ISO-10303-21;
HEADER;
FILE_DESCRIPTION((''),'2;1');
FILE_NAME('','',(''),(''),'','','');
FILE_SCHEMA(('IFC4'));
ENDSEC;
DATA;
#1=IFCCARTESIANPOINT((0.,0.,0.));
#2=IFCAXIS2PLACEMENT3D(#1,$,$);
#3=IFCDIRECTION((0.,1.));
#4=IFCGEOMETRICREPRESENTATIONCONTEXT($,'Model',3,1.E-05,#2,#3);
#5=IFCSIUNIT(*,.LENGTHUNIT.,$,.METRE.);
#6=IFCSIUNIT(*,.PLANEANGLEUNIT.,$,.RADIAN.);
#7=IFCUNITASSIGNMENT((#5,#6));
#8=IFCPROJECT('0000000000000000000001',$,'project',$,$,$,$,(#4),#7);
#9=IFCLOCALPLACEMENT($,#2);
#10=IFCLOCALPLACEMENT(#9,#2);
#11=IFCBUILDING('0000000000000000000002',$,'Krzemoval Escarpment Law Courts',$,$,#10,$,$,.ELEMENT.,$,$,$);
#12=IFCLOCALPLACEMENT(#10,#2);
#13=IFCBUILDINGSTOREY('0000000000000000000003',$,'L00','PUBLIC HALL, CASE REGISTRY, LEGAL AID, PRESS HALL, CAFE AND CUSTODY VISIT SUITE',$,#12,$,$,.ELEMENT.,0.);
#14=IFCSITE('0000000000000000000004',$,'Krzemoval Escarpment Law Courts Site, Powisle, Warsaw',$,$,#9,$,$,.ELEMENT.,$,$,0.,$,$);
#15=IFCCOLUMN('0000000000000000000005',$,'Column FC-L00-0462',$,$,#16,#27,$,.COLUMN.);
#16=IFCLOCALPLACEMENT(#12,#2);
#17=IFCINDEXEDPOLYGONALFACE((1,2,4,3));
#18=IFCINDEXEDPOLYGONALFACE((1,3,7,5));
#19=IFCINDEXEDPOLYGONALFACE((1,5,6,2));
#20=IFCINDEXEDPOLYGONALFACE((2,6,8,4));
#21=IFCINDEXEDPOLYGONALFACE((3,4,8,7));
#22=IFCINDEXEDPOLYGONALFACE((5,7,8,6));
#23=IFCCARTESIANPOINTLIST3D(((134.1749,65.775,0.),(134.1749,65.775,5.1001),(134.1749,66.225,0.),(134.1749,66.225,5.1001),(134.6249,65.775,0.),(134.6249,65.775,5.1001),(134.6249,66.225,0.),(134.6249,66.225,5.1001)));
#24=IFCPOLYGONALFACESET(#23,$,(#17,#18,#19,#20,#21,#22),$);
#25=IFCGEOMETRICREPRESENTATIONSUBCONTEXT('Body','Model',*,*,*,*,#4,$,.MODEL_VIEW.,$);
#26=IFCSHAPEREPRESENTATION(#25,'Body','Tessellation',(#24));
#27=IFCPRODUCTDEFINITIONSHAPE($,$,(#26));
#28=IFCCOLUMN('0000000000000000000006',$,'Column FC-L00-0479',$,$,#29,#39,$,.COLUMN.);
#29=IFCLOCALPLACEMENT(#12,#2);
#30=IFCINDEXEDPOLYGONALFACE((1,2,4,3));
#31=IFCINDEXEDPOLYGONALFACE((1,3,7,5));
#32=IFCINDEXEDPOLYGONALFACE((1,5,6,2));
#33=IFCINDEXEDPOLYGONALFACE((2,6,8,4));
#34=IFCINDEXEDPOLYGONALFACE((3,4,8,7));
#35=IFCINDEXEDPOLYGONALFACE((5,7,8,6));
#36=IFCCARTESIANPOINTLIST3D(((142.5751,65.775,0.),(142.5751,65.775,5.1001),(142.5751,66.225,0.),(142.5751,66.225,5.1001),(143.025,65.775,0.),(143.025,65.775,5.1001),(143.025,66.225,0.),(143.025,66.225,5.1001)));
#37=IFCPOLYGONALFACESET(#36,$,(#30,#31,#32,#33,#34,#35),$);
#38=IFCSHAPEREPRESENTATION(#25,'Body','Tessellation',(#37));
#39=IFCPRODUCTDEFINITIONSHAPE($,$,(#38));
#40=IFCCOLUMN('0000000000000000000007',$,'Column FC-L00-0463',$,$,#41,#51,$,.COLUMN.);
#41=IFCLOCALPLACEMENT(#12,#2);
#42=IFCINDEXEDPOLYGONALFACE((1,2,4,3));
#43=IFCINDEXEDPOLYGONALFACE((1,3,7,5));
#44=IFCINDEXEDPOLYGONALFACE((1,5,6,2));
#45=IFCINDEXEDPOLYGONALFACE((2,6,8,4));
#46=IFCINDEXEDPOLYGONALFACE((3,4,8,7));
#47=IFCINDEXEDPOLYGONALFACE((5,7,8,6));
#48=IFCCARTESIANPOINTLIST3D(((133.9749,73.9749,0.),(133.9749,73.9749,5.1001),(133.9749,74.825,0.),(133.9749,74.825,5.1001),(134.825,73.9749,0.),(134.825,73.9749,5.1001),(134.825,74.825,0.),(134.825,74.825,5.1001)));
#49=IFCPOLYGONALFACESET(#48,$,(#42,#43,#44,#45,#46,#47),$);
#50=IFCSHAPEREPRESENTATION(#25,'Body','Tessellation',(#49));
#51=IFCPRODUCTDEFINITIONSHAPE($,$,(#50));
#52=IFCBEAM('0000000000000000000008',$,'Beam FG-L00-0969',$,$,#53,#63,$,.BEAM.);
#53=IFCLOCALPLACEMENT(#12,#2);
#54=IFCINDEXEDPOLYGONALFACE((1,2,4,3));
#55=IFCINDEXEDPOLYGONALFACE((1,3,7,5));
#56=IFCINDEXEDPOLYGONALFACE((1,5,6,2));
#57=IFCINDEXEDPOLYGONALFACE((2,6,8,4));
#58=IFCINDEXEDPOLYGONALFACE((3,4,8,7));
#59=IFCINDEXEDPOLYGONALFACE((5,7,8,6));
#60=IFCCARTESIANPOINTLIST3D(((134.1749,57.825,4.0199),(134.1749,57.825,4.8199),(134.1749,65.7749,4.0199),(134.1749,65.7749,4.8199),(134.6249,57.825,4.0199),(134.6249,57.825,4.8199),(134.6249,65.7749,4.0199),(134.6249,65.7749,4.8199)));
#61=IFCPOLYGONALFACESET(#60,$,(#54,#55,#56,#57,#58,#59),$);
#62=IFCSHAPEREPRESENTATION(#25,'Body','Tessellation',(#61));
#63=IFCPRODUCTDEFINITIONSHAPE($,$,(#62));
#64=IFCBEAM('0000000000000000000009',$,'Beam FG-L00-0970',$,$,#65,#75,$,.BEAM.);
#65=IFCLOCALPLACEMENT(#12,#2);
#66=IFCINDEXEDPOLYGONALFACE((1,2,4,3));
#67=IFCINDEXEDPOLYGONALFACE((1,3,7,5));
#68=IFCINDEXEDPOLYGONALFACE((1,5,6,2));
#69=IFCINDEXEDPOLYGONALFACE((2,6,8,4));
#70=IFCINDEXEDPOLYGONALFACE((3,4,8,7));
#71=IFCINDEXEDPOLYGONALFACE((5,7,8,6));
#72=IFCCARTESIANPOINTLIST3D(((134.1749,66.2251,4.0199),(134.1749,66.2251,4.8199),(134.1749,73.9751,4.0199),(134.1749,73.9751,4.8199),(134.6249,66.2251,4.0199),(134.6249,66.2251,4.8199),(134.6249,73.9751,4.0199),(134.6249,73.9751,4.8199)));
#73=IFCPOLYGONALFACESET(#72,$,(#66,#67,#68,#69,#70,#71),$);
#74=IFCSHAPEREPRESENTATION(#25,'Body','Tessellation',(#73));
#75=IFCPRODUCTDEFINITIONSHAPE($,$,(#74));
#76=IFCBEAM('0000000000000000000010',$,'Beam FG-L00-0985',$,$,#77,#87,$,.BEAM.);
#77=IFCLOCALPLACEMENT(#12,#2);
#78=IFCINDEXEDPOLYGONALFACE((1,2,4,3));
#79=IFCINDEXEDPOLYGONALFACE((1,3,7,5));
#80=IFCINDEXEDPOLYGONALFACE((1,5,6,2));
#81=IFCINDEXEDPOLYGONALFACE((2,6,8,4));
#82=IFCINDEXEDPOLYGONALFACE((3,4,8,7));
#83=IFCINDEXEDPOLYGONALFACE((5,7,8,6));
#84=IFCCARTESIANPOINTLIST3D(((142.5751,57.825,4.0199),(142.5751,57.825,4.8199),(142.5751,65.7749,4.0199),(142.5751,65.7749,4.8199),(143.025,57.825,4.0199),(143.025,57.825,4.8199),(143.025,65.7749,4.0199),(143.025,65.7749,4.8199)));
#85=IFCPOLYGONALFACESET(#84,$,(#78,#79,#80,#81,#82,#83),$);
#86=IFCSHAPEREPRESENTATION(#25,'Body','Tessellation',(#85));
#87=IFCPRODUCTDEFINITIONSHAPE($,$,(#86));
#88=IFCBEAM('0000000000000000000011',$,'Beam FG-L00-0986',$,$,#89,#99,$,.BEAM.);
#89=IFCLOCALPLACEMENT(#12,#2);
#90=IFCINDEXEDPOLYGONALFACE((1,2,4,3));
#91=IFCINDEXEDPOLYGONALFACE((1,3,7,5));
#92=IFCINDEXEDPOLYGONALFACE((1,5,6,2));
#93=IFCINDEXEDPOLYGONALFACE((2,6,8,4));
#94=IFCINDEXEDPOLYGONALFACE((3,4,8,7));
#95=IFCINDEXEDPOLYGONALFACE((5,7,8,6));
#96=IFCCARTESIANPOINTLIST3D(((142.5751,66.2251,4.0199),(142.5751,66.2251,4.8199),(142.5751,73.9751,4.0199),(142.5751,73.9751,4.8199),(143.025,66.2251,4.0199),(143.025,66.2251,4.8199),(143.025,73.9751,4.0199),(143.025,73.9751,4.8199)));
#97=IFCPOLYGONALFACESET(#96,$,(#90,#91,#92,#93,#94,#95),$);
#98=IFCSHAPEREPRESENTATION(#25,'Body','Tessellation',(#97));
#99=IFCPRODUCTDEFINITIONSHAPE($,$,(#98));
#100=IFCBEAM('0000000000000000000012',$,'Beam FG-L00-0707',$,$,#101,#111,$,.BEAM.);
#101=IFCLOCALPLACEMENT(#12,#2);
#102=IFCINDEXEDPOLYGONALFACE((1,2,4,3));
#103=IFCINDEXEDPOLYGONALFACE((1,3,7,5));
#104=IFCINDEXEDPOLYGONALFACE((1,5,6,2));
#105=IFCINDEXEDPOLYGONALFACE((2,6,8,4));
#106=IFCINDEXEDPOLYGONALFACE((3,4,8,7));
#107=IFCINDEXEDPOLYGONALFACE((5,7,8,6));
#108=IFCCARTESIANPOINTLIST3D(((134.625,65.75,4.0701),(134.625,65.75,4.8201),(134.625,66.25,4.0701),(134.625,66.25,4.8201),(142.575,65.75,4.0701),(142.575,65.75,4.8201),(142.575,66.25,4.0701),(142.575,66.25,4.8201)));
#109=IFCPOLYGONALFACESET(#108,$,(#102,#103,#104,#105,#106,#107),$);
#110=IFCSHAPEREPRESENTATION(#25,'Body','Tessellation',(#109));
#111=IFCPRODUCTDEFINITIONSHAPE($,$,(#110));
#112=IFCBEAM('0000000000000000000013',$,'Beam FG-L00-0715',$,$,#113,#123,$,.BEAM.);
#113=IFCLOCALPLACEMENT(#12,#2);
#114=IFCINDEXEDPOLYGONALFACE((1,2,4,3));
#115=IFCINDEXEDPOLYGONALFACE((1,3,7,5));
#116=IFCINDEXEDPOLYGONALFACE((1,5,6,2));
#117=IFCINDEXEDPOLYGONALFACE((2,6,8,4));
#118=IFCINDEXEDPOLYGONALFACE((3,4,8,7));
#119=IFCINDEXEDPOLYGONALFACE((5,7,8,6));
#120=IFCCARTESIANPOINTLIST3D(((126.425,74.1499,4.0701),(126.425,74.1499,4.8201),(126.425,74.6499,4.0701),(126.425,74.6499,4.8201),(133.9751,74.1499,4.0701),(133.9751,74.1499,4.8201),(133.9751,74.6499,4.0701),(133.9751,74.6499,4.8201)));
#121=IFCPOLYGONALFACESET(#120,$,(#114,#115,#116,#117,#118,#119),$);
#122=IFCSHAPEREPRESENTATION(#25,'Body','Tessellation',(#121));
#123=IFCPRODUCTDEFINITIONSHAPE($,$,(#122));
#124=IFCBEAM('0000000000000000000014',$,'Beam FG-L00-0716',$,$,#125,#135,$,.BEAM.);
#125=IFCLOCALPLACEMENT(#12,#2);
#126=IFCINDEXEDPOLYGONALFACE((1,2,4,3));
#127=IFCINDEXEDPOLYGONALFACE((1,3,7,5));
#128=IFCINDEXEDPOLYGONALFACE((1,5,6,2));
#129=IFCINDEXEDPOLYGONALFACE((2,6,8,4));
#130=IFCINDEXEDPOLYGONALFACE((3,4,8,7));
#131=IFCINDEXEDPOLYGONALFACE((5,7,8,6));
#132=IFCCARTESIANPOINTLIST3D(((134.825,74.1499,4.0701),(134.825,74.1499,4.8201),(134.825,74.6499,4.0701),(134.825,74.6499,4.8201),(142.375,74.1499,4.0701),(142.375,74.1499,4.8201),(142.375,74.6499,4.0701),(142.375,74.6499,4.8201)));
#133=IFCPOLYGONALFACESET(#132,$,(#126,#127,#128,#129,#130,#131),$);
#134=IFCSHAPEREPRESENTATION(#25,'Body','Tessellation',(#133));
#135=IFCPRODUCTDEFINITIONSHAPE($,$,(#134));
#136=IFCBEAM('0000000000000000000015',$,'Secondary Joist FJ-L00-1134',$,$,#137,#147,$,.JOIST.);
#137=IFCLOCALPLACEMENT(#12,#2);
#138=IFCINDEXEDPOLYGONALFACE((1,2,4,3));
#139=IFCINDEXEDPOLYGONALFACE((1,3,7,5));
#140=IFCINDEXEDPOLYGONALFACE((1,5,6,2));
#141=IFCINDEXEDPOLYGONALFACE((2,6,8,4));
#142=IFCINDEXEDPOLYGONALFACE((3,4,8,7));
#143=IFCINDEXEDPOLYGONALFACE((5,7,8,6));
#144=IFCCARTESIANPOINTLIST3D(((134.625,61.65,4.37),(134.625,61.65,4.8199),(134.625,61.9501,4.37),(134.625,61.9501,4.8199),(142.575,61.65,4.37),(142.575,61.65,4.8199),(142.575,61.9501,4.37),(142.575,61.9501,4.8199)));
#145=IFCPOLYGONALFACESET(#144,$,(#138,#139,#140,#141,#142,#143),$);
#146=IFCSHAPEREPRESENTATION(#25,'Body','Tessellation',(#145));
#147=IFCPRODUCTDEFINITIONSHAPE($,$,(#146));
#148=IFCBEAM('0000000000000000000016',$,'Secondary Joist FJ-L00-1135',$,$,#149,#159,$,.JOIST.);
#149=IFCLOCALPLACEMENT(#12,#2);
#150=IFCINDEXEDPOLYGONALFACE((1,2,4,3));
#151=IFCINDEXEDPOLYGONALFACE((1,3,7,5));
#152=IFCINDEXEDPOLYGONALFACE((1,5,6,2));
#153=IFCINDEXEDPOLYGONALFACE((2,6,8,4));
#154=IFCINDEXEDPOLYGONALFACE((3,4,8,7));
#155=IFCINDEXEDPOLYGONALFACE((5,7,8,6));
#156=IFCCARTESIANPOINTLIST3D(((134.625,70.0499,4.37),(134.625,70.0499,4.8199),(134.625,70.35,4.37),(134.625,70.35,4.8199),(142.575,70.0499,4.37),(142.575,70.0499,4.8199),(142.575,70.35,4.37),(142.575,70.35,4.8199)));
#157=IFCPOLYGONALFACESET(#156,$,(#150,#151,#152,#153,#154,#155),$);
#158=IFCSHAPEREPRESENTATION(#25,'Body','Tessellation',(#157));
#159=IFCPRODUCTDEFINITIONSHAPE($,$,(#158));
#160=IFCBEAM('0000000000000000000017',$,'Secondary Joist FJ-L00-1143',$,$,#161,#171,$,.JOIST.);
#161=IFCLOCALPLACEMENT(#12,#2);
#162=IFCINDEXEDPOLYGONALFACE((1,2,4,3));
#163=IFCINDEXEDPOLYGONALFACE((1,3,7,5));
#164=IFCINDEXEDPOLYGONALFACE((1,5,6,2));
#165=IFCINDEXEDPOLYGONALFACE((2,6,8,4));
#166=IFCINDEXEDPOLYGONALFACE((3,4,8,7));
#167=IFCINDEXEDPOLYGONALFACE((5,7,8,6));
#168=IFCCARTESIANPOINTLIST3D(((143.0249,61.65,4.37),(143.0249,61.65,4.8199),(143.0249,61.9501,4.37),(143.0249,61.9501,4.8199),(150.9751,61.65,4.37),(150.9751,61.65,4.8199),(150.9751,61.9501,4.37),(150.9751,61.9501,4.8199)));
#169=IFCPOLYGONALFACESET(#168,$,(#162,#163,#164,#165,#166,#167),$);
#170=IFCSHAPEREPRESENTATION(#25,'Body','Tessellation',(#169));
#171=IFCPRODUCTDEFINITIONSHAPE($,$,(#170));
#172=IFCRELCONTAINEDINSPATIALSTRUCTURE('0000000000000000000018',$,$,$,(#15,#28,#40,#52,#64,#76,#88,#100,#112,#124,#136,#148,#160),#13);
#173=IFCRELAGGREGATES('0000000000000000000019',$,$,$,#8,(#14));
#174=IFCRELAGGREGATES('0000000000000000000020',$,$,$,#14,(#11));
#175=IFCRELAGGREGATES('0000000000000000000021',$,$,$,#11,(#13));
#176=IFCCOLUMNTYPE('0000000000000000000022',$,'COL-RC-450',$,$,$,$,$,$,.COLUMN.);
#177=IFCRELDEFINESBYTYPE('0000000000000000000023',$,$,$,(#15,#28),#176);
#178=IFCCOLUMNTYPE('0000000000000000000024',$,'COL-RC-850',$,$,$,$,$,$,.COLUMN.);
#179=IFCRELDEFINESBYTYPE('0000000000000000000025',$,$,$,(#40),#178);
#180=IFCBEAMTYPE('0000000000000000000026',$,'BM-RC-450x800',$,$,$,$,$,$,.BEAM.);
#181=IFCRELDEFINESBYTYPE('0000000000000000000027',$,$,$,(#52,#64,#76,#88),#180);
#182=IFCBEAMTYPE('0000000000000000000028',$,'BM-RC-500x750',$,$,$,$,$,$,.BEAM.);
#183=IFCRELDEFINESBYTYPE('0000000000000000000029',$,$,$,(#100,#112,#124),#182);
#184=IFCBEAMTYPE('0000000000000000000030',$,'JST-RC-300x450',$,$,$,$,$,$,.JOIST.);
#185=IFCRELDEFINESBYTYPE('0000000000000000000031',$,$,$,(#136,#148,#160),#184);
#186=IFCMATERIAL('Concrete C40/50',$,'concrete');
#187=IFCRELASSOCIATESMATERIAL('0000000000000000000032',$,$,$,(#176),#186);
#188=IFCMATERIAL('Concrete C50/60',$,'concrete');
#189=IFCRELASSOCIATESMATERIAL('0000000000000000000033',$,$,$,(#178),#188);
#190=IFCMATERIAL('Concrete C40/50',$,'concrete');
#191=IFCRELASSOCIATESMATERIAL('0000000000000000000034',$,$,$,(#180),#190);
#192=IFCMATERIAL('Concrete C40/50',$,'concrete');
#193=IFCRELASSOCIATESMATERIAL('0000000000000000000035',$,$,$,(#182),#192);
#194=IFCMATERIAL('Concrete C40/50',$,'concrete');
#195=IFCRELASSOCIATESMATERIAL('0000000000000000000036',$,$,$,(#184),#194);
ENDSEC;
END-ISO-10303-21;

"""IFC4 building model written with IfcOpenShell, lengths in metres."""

from ifc_helpers import new_model, si_unit, direction, frame, origin, origin_2d, place, context, subcontext, project, spatial, rectangle, extrude, material, material_profile, profile_set, type_object, element, save


model = new_model("IFC4")

# Units and contexts
model_context = context("Model", 3, precision=1e-05, world=origin(), true_north=direction((0.0, 1.0)))
body_context = subcontext(model_context, "Body", "Model", "MODEL_VIEW")
ifc_project = project(units=[si_unit("LENGTHUNIT", "METRE"), si_unit("PLANEANGLEUNIT", "RADIAN")], contexts=[model_context])

# Site, building, storey
site_placement = place(None, origin())
site = spatial("IfcSite", under=ifc_project, at=site_placement, Name="Krzemoval Escarpment Law Courts Site, Powisle, Warsaw", CompositionType="ELEMENT", RefElevation=0.0)
building_placement = place(site_placement, origin())
building = spatial("IfcBuilding", under=site, at=building_placement, Name="Krzemoval Escarpment Law Courts", CompositionType="ELEMENT")
storey_placement = place(building_placement, origin())
storey = spatial("IfcBuildingStorey", under=building, at=storey_placement, Name="L00", Description="PUBLIC HALL, CASE REGISTRY, LEGAL AID, PRESS HALL, CAFE AND CUSTODY VISIT SUITE", CompositionType="ELEMENT", Elevation=0.0)

# Columns
ifc_material_1 = material(Name="Concrete C40/50", Category="concrete")
ifc_material_profile_1 = material_profile(ifc_material_1, rectangle(XDim=0.45, YDim=0.45, at=origin_2d()), Name="RC 450x450")
ifc_profile_set_1 = profile_set([ifc_material_profile_1], Name="Concrete C40/50")
column_type_1 = type_object("IfcColumnType", Name="COL-RC-450", PredefinedType="COLUMN", material=ifc_profile_set_1)
for number, where, z_axis, x_axis, name in (
    (1, (134.3999, 66.0, 0.0), (0.0, 0.0, 1.0), (1.0, 0.0, 0.0), "Column FC-L00-0462"),
    (2, (142.8, 66.0, 0.0), (0.0, 0.0, 1.0), (1.0, 0.0, 0.0), "Column FC-L00-0479"),
):
    element("IfcColumn", number, at=place(storey_placement, frame(where, z_axis=z_axis, x_axis=x_axis)), inside=storey, type_object=column_type_1, Name=name, PredefinedType="COLUMN", context=body_context, shape_type="SweptSolid", body=[
        extrude(rectangle(XDim=0.45, YDim=0.45, at=origin_2d()), origin(), (0.0, 0.0, 1.0), 5.1001),
    ])
ifc_material_2 = material(Name="Concrete C50/60", Category="concrete")
ifc_material_profile_2 = material_profile(ifc_material_2, rectangle(XDim=0.8501, YDim=0.8501, at=origin_2d()), Name="RC 850x850")
ifc_profile_set_2 = profile_set([ifc_material_profile_2], Name="Concrete C50/60")
column_type_2 = type_object("IfcColumnType", Name="COL-RC-850", PredefinedType="COLUMN", material=ifc_profile_set_2)
column_placement = place(storey_placement, frame((134.3999, 74.3999, 0.0), z_axis=(0.0, 0.0, 1.0), x_axis=(1.0, 0.0, 0.0)))
element("IfcColumn", 3, at=column_placement, inside=storey, type_object=column_type_2, Name="Column FC-L00-0463", PredefinedType="COLUMN", context=body_context, shape_type="SweptSolid", body=[
    extrude(rectangle(XDim=0.8501, YDim=0.8501, at=origin_2d()), origin(), (0.0, 0.0, 1.0), 5.1001),
])

# Beams
ifc_material_3 = material(Name="Concrete C40/50", Category="concrete")
ifc_material_profile_3 = material_profile(ifc_material_3, rectangle(XDim=0.45, YDim=0.8, at=origin_2d()), Name="RCB 450x800")
ifc_profile_set_3 = profile_set([ifc_material_profile_3], Name="Concrete C40/50")
beam_type_1 = type_object("IfcBeamType", Name="BM-RC-450x800", PredefinedType="BEAM", material=ifc_profile_set_3)
beam_1_placement = place(storey_placement, frame((134.3999, 57.825, 4.4199), z_axis=(0.0, 1.0, 0.0), x_axis=(-1.0, 0.0, 0.0)))
element("IfcBeam", 4, at=beam_1_placement, inside=storey, type_object=beam_type_1, Name="Beam FG-L00-0969", PredefinedType="BEAM", context=body_context, shape_type="SweptSolid", body=[
    extrude(rectangle(XDim=0.45, YDim=0.8, at=origin_2d()), origin(), (0.0, 0.0, 1.0), 7.95),
])
beam_2_placement = place(storey_placement, frame((134.3999, 66.2251, 4.4199), z_axis=(0.0, 1.0, 0.0), x_axis=(-1.0, 0.0, 0.0)))
element("IfcBeam", 5, at=beam_2_placement, inside=storey, type_object=beam_type_1, Name="Beam FG-L00-0970", PredefinedType="BEAM", context=body_context, shape_type="SweptSolid", body=[
    extrude(rectangle(XDim=0.45, YDim=0.8, at=origin_2d()), origin(), (0.0, 0.0, 1.0), 7.75),
])
beam_3_placement = place(storey_placement, frame((142.8, 57.825, 4.4199), z_axis=(0.0, 1.0, 0.0), x_axis=(-1.0, 0.0, 0.0)))
element("IfcBeam", 6, at=beam_3_placement, inside=storey, type_object=beam_type_1, Name="Beam FG-L00-0985", PredefinedType="BEAM", context=body_context, shape_type="SweptSolid", body=[
    extrude(rectangle(XDim=0.45, YDim=0.8, at=origin_2d()), origin(), (0.0, 0.0, 1.0), 7.95),
])
beam_4_placement = place(storey_placement, frame((142.8, 66.2251, 4.4199), z_axis=(0.0, 1.0, 0.0), x_axis=(-1.0, 0.0, 0.0)))
element("IfcBeam", 7, at=beam_4_placement, inside=storey, type_object=beam_type_1, Name="Beam FG-L00-0986", PredefinedType="BEAM", context=body_context, shape_type="SweptSolid", body=[
    extrude(rectangle(XDim=0.45, YDim=0.8, at=origin_2d()), origin(), (0.0, 0.0, 1.0), 7.75),
])
ifc_material_4 = material(Name="Concrete C40/50", Category="concrete")
ifc_material_profile_4 = material_profile(ifc_material_4, rectangle(XDim=0.5, YDim=0.75, at=origin_2d()), Name="RCB 500x750")
ifc_profile_set_4 = profile_set([ifc_material_profile_4], Name="Concrete C40/50")
beam_type_2 = type_object("IfcBeamType", Name="BM-RC-500x750", PredefinedType="BEAM", material=ifc_profile_set_4)
beam_5_placement = place(storey_placement, frame((134.625, 66.0, 4.4451), z_axis=(1.0, 0.0, 0.0), x_axis=(0.0, 1.0, 0.0)))
element("IfcBeam", 8, at=beam_5_placement, inside=storey, type_object=beam_type_2, Name="Beam FG-L00-0707", PredefinedType="BEAM", context=body_context, shape_type="SweptSolid", body=[
    extrude(rectangle(XDim=0.5, YDim=0.75, at=origin_2d()), origin(), (0.0, 0.0, 1.0), 7.95),
])
for number, where, z_axis, x_axis, name in (
    (9, (126.425, 74.3999, 4.4451), (1.0, 0.0, 0.0), (0.0, 1.0, 0.0), "Beam FG-L00-0715"),
    (10, (134.825, 74.3999, 4.4451), (1.0, 0.0, 0.0), (0.0, 1.0, 0.0), "Beam FG-L00-0716"),
):
    element("IfcBeam", number, at=place(storey_placement, frame(where, z_axis=z_axis, x_axis=x_axis)), inside=storey, type_object=beam_type_2, Name=name, PredefinedType="BEAM", context=body_context, shape_type="SweptSolid", body=[
        extrude(rectangle(XDim=0.5, YDim=0.75, at=origin_2d()), origin(), (0.0, 0.0, 1.0), 7.55),
    ])
ifc_material_5 = material(Name="Concrete C40/50", Category="concrete")
ifc_material_profile_5 = material_profile(ifc_material_5, rectangle(XDim=0.3, YDim=0.45, at=origin_2d()), Name="RCB 300x450")
ifc_profile_set_5 = profile_set([ifc_material_profile_5], Name="Concrete C40/50")
beam_type_3 = type_object("IfcBeamType", Name="JST-RC-300x450", PredefinedType="JOIST", material=ifc_profile_set_5)
for number, where, z_axis, x_axis, name in (
    (11, (134.625, 61.8, 4.595), (1.0, 0.0, 0.0), (0.0, 1.0, 0.0), "Secondary Joist FJ-L00-1134"),
    (12, (134.625, 70.2, 4.595), (1.0, 0.0, 0.0), (0.0, 1.0, 0.0), "Secondary Joist FJ-L00-1135"),
):
    element("IfcBeam", number, at=place(storey_placement, frame(where, z_axis=z_axis, x_axis=x_axis)), inside=storey, type_object=beam_type_3, Name=name, PredefinedType="JOIST", context=body_context, shape_type="SweptSolid", body=[
        extrude(rectangle(XDim=0.3, YDim=0.45, at=origin_2d()), origin(), (0.0, 0.0, 1.0), 7.95),
    ])
beam_6_placement = place(storey_placement, frame((143.0249, 61.8, 4.595), z_axis=(1.0, 0.0, 0.0), x_axis=(0.0, 1.0, 0.0)))
element("IfcBeam", 13, at=beam_6_placement, inside=storey, type_object=beam_type_3, Name="Secondary Joist FJ-L00-1143", PredefinedType="JOIST", context=body_context, shape_type="SweptSolid", body=[
    extrude(rectangle(XDim=0.3, YDim=0.45, at=origin_2d()), origin(), (0.0, 0.0, 1.0), 7.9502),
])

save(model, "model.ifc")
